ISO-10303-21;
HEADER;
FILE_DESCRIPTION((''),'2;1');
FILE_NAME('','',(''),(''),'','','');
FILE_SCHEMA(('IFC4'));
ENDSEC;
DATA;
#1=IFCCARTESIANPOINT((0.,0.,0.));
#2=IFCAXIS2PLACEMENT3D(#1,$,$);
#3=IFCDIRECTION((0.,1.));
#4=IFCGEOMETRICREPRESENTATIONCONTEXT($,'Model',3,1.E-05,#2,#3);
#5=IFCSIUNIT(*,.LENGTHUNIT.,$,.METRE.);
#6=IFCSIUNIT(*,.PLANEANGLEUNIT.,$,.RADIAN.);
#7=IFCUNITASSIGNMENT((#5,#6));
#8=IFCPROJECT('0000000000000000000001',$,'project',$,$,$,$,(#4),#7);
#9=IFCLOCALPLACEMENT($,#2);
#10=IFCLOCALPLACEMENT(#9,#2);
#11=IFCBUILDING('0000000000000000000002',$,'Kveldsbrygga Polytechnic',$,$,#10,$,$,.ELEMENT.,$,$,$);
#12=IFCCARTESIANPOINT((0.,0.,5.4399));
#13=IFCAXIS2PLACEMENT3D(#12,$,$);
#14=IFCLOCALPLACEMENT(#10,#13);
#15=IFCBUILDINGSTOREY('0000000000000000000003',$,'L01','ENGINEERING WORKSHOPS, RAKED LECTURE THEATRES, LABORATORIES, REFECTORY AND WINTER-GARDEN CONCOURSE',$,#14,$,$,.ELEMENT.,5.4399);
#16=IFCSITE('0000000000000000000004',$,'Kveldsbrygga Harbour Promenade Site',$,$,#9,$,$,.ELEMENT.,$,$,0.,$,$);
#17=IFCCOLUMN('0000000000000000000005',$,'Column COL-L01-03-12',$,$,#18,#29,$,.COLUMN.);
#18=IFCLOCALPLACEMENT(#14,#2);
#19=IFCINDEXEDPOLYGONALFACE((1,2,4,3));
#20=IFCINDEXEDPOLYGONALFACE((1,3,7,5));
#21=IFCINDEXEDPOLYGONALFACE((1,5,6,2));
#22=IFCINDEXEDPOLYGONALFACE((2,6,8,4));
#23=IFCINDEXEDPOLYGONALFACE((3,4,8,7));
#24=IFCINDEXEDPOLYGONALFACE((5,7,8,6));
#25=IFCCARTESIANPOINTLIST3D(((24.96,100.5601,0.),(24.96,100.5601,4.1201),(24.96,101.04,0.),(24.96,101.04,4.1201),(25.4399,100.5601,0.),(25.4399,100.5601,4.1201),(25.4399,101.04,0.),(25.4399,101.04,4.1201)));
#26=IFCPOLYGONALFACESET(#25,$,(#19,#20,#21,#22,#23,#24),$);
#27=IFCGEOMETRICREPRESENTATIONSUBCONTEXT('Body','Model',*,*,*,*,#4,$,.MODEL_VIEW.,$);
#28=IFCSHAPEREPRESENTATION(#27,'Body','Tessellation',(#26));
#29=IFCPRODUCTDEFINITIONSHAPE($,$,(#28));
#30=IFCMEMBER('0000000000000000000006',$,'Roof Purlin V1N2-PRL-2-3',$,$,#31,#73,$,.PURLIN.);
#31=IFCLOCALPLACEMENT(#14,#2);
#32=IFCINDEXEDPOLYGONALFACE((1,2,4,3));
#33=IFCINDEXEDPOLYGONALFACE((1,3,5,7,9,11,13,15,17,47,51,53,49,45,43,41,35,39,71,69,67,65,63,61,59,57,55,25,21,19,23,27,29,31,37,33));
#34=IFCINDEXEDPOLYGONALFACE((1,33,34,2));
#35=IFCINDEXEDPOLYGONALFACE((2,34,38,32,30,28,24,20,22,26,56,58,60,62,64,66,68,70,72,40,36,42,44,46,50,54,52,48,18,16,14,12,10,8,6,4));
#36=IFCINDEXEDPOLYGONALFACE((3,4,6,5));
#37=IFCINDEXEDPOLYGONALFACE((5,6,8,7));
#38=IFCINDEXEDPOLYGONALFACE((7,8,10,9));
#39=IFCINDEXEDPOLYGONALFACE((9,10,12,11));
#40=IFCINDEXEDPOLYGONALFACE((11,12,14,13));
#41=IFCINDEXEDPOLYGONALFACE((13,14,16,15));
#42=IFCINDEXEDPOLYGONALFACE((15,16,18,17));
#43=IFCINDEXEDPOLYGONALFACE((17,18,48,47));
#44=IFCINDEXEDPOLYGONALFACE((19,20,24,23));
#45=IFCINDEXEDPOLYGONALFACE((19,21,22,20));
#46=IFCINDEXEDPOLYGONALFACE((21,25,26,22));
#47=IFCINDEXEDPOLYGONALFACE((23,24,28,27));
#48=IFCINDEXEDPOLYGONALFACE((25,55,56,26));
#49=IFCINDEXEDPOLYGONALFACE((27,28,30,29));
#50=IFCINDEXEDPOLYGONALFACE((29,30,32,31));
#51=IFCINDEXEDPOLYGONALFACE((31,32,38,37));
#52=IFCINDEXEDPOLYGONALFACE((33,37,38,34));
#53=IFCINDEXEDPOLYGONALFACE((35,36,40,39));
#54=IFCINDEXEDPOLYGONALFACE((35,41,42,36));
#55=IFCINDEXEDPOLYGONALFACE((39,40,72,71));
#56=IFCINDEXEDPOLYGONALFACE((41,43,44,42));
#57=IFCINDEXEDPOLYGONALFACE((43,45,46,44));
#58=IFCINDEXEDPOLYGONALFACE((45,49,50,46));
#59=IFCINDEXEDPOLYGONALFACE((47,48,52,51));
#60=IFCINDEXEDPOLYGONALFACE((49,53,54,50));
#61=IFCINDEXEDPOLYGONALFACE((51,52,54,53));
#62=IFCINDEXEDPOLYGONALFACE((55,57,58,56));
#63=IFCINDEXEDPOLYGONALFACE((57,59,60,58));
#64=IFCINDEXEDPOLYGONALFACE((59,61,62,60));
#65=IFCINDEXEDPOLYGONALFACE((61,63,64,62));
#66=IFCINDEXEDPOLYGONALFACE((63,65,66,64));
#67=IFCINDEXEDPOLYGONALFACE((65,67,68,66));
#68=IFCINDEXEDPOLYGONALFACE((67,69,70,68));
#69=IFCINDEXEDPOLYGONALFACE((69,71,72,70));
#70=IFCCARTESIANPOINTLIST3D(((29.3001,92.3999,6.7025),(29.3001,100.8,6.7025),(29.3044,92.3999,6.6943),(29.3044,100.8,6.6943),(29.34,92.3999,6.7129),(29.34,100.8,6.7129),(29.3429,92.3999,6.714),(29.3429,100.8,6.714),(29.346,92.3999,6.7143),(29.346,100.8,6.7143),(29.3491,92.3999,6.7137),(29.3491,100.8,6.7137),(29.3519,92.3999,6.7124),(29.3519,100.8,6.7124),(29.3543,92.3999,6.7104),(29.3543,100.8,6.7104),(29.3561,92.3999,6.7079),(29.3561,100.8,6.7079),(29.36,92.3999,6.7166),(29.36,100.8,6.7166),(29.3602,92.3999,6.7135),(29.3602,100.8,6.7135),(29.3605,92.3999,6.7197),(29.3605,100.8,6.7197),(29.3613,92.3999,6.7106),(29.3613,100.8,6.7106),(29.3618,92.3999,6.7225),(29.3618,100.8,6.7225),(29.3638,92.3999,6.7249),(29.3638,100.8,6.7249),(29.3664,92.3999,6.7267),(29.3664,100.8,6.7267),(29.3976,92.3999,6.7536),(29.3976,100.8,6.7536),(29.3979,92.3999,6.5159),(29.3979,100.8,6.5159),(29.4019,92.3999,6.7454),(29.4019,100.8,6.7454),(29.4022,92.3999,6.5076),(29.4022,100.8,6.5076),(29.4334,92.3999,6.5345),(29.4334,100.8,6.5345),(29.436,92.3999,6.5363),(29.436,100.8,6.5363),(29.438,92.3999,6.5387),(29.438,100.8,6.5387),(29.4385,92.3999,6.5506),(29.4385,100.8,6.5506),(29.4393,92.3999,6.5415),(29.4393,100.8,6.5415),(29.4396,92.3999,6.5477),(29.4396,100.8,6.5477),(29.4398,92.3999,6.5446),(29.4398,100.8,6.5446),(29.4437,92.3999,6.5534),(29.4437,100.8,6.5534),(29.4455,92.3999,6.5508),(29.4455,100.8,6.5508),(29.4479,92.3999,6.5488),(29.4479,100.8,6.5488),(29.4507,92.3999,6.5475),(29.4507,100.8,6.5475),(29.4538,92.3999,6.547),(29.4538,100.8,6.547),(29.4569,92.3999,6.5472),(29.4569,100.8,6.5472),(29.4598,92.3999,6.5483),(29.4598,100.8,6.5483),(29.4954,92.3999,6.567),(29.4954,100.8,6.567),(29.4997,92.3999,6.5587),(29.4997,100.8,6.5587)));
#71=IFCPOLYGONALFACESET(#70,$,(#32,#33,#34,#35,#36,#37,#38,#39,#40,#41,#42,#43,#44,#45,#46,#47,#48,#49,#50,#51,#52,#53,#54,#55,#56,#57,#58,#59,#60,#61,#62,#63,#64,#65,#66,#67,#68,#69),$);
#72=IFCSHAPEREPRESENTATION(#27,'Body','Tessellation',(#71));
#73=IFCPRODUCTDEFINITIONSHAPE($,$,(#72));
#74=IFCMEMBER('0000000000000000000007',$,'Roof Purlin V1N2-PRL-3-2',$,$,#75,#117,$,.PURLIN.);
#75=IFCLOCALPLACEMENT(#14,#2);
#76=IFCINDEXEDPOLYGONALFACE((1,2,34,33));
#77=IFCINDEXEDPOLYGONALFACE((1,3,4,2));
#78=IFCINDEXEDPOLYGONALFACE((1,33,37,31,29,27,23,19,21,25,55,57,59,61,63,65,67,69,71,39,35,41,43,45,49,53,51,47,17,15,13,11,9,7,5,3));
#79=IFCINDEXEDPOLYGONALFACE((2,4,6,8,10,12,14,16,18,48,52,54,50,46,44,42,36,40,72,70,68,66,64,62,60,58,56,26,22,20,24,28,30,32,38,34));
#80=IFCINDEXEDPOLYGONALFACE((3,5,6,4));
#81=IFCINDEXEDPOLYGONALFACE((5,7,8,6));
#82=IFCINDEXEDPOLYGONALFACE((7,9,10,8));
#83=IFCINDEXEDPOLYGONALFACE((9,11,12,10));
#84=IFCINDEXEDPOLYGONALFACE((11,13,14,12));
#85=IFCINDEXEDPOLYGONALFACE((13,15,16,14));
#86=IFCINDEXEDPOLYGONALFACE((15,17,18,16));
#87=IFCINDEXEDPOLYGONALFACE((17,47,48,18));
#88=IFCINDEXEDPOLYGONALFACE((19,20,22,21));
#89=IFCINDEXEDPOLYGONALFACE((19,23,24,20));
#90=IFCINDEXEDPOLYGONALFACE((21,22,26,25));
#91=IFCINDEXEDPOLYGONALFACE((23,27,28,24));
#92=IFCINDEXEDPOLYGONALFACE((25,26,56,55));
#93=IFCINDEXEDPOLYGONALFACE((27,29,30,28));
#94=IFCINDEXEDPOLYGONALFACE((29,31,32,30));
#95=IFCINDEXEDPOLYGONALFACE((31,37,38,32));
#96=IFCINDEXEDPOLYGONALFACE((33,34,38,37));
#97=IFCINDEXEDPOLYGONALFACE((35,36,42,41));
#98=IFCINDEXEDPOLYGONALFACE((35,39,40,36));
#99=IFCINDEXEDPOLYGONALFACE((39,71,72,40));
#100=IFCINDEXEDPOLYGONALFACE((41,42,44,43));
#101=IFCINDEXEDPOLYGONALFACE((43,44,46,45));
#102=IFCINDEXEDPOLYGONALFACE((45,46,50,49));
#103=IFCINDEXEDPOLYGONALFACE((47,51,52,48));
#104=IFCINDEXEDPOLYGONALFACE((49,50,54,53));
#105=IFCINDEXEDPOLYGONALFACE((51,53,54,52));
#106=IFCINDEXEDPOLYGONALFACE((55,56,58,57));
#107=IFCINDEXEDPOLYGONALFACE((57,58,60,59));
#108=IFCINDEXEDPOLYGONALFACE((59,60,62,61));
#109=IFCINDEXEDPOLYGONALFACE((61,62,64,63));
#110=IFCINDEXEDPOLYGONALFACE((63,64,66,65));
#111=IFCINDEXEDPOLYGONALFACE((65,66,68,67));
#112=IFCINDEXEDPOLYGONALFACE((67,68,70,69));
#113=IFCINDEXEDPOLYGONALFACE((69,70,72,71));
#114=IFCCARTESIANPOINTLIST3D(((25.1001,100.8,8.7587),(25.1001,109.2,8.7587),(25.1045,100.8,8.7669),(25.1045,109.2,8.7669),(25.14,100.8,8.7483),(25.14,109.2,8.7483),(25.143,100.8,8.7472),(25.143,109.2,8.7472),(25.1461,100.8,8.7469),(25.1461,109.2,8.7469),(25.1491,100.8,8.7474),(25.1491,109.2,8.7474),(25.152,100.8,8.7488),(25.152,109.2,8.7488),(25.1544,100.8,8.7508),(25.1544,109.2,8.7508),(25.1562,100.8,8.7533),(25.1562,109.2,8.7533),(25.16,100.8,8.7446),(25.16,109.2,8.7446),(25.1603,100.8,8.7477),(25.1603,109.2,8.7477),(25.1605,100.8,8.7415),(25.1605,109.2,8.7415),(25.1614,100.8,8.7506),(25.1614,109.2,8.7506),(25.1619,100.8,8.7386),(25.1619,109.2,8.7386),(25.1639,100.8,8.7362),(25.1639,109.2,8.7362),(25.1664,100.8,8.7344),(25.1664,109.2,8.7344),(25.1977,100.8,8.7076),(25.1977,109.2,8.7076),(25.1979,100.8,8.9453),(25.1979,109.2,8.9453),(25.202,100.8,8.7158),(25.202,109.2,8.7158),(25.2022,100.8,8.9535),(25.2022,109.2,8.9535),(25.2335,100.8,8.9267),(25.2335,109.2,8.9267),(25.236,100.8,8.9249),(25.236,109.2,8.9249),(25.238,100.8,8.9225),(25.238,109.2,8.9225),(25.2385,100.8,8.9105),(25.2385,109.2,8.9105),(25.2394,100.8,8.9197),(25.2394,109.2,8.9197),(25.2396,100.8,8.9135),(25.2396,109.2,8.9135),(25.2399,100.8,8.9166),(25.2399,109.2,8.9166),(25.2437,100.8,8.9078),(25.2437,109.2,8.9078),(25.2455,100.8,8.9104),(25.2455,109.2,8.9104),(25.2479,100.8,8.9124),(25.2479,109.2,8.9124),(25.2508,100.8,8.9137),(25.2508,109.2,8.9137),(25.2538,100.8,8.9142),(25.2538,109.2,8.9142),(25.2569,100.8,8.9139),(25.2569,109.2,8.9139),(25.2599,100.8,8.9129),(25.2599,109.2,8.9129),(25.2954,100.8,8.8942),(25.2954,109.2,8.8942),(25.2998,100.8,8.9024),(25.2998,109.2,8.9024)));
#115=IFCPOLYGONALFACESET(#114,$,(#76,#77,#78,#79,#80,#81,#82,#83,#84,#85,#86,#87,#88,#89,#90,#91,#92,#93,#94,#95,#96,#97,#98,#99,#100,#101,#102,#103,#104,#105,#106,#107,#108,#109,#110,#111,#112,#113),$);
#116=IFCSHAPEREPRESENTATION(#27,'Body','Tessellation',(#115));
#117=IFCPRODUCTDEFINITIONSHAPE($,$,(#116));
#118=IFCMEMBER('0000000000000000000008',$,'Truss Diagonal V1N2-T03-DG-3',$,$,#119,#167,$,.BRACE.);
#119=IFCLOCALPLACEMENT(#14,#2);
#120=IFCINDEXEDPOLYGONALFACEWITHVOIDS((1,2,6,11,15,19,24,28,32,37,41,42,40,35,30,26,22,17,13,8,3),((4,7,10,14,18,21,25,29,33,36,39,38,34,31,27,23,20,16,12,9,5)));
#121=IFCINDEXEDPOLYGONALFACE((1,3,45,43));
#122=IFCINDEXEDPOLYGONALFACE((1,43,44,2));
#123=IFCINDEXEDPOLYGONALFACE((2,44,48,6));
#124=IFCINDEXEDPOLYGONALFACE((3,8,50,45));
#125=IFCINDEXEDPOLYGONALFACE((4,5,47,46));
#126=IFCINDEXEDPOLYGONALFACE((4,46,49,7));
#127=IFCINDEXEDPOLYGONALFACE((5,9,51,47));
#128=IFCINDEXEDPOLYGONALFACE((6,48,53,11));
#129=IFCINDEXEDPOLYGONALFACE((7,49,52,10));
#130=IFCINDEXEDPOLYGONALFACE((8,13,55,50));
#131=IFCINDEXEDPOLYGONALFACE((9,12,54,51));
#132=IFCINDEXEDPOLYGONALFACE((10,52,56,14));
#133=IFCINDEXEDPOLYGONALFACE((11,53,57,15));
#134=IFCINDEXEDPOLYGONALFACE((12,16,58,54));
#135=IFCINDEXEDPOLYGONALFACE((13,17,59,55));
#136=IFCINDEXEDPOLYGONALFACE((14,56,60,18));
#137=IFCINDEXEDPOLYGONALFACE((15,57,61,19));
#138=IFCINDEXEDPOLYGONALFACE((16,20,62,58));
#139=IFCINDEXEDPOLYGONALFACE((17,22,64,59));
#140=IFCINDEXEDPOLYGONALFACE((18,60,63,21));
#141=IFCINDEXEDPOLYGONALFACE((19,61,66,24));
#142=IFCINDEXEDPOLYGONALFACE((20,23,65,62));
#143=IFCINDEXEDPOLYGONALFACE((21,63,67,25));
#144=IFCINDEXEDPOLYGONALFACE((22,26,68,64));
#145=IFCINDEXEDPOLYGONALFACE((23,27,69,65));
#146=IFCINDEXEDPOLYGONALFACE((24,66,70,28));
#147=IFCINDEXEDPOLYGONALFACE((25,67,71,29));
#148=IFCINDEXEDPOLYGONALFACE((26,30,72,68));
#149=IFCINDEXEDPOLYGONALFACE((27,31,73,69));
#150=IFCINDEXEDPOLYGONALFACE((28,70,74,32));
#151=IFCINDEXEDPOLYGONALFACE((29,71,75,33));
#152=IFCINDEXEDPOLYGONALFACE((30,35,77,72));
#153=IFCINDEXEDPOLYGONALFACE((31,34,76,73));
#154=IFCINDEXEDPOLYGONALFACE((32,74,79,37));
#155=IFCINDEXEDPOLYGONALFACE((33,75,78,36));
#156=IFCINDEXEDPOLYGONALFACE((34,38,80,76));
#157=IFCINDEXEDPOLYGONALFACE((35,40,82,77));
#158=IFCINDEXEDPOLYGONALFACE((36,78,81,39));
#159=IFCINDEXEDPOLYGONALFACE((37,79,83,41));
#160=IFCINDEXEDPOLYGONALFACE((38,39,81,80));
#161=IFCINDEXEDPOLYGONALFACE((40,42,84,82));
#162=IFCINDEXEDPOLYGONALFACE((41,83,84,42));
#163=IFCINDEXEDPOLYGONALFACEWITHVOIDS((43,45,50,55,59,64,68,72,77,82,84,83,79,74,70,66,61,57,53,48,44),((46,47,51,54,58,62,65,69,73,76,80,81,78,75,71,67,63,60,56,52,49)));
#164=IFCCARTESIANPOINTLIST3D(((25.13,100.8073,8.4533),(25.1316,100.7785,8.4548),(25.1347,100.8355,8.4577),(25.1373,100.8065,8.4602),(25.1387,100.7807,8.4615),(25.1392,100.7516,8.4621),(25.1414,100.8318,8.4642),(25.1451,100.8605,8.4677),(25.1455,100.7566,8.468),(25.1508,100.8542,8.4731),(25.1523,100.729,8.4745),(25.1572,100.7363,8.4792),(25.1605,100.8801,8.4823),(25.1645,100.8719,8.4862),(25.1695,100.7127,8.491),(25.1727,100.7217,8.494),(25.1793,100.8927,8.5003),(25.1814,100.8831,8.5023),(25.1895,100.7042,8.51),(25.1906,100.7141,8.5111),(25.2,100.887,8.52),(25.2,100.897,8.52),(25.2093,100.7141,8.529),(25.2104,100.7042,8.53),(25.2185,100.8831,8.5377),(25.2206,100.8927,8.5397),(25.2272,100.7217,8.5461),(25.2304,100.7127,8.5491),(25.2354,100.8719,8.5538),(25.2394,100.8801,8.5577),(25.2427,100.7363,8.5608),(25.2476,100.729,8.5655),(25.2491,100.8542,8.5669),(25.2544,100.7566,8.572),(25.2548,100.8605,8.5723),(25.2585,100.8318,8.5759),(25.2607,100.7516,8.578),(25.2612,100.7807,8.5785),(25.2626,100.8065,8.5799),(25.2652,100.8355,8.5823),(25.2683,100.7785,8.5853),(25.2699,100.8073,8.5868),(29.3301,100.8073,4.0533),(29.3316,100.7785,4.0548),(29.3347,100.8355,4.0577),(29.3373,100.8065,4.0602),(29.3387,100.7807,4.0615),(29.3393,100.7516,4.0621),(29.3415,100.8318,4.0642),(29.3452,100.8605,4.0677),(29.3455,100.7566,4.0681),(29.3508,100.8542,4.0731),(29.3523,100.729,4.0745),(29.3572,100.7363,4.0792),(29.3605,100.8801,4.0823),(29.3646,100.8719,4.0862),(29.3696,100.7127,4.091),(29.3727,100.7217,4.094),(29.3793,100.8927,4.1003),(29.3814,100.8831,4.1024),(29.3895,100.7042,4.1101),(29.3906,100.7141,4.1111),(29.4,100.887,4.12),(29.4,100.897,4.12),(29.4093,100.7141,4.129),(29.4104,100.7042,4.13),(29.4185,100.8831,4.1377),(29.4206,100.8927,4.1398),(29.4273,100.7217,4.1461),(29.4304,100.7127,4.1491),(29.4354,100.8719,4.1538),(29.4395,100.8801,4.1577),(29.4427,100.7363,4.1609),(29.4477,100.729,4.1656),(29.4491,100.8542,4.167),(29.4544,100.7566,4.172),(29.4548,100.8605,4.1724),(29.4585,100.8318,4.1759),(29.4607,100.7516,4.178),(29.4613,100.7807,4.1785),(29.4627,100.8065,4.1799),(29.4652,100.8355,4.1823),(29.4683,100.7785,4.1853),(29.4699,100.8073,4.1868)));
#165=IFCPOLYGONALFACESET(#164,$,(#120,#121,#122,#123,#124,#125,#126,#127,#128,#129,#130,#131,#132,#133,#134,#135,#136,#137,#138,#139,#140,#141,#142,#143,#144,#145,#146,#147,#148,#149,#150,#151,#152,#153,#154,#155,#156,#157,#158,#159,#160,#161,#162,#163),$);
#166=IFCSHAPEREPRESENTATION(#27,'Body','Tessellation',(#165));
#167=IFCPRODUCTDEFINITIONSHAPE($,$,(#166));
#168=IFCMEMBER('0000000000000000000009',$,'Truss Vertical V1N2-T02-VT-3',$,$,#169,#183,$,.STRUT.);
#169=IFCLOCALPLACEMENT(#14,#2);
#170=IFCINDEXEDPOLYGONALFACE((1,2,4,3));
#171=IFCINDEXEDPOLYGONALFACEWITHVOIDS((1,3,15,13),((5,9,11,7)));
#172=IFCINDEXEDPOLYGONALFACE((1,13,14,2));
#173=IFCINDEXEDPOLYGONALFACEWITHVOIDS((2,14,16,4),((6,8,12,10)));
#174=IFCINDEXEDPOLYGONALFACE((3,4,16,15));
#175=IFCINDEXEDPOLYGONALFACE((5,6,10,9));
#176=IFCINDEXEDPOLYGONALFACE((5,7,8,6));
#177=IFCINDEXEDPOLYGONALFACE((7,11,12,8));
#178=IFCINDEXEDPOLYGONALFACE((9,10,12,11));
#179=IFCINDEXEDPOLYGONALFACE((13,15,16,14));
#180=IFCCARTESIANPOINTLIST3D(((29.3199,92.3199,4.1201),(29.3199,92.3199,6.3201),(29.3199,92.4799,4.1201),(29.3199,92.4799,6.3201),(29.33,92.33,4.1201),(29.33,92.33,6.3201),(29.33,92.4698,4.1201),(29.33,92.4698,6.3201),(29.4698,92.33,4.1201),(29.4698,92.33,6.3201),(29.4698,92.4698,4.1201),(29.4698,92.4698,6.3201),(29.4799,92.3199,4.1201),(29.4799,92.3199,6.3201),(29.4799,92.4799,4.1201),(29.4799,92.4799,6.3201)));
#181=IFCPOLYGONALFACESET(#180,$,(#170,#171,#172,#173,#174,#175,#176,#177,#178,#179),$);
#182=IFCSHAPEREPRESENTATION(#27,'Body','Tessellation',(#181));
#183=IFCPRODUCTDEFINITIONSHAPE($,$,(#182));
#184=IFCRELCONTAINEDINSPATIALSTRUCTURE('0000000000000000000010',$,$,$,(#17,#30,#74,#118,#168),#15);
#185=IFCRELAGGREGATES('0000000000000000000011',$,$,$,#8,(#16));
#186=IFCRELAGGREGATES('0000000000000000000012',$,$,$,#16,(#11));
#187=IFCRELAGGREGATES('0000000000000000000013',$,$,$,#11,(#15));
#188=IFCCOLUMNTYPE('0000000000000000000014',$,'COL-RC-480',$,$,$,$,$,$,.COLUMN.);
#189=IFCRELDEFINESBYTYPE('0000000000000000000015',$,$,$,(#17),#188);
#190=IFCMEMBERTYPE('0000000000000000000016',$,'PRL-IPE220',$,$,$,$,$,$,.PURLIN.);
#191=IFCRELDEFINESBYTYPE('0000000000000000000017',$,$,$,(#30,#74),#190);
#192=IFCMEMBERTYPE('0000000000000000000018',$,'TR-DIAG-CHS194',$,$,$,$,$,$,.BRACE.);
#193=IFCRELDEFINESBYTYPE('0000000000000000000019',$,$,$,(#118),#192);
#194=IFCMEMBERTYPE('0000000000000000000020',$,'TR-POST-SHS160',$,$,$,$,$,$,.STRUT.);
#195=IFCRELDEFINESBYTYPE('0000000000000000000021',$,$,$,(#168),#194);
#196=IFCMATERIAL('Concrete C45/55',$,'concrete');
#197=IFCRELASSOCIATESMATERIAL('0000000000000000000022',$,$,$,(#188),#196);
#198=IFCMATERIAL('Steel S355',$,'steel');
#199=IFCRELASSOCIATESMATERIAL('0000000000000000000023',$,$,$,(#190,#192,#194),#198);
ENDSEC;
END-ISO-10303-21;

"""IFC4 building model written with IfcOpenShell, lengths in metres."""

from ifc_helpers import new_model, si_unit, direction, frame, origin, origin_2d, place, context, subcontext, project, spatial, rectangle, hollow_rectangle, hollow_circle, i_section, extrude, material, material_profile, profile_set, type_object, element, save


model = new_model("IFC4")

# Units and contexts
model_context = context("Model", 3, precision=1e-05, world=origin(), true_north=direction((0.0, 1.0)))
body_context = subcontext(model_context, "Body", "Model", "MODEL_VIEW")
ifc_project = project(units=[si_unit("LENGTHUNIT", "METRE"), si_unit("PLANEANGLEUNIT", "RADIAN")], contexts=[model_context])

# Site, building, storey
site_placement = place(None, origin())
site = spatial("IfcSite", under=ifc_project, at=site_placement, Name="Kveldsbrygga Harbour Promenade Site", CompositionType="ELEMENT", RefElevation=0.0)
building_placement = place(site_placement, origin())
building = spatial("IfcBuilding", under=site, at=building_placement, Name="Kveldsbrygga Polytechnic", CompositionType="ELEMENT")
storey_placement = place(building_placement, frame((0.0, 0.0, 5.4399)))
storey = spatial("IfcBuildingStorey", under=building, at=storey_placement, Name="L01", Description="ENGINEERING WORKSHOPS, RAKED LECTURE THEATRES, LABORATORIES, REFECTORY AND WINTER-GARDEN CONCOURSE", CompositionType="ELEMENT", Elevation=5.4399)

# Column
ifc_material_1 = material(Name="Concrete C45/55", Category="concrete")
ifc_material_profile_1 = material_profile(ifc_material_1, rectangle(XDim=0.48, YDim=0.48, at=origin_2d()), Name="RC 480x480")
ifc_profile_set_1 = profile_set([ifc_material_profile_1], Name="Concrete C45/55")
column_type = type_object("IfcColumnType", Name="COL-RC-480", PredefinedType="COLUMN", material=ifc_profile_set_1)
column_placement = place(storey_placement, frame((25.2, 100.8, 0.0), z_axis=(0.0, 0.0, 1.0), x_axis=(1.0, 0.0, 0.0)))
element("IfcColumn", 1, at=column_placement, inside=storey, type_object=column_type, Name="Column COL-L01-03-12", PredefinedType="COLUMN", context=body_context, shape_type="SweptSolid", body=[
    extrude(rectangle(XDim=0.48, YDim=0.48, at=origin_2d()), origin(), (0.0, 0.0, 1.0), 4.1201),
])

# Members
ifc_material_2 = material(Name="Steel S355", Category="steel")
ifc_material_profile_2 = material_profile(ifc_material_2, i_section(OverallWidth=0.1101, OverallDepth=0.22, WebThickness=0.0059, FlangeThickness=0.0093, FilletRadius=0.012, at=origin_2d()), Name="IPE 220")
ifc_profile_set_2 = profile_set([ifc_material_profile_2], Name="Steel S355")
member_type_1 = type_object("IfcMemberType", Name="PRL-IPE220", PredefinedType="PURLIN", material=ifc_profile_set_2)
member_1_placement = place(storey_placement, frame((29.3999, 92.3999, 6.6306), z_axis=(0.0, 1.0, 0.0), x_axis=(-0.885831, 0.0, -0.464007)))
element("IfcMember", 2, at=member_1_placement, inside=storey, type_object=member_type_1, Name="Roof Purlin V1N2-PRL-2-3", PredefinedType="PURLIN", context=body_context, shape_type="SweptSolid", body=[
    extrude(i_section(OverallWidth=0.1101, OverallDepth=0.22, WebThickness=0.0059, FlangeThickness=0.0093, FilletRadius=0.012, at=origin_2d()), origin(), (0.0, 0.0, 1.0), 8.4001),
])
member_2_placement = place(storey_placement, frame((25.2, 100.8, 8.8306), z_axis=(0.0, 1.0, 0.0), x_axis=(-0.885831, 0.0, 0.464007)))
element("IfcMember", 3, at=member_2_placement, inside=storey, type_object=member_type_1, Name="Roof Purlin V1N2-PRL-3-2", PredefinedType="PURLIN", context=body_context, shape_type="SweptSolid", body=[
    extrude(i_section(OverallWidth=0.1101, OverallDepth=0.22, WebThickness=0.0059, FlangeThickness=0.0093, FilletRadius=0.012, at=origin_2d()), origin(), (0.0, 0.0, 1.0), 8.3999),
])
ifc_material_profile_3 = material_profile(ifc_material_2, hollow_circle(Radius=0.0969, WallThickness=0.01, at=origin_2d()), Name="CHS 193.7x10.0")
ifc_profile_set_3 = profile_set([ifc_material_profile_3], Name="Steel S355")
member_type_2 = type_object("IfcMemberType", Name="TR-DIAG-CHS194", PredefinedType="BRACE", material=ifc_profile_set_3)
member_3_placement = place(storey_placement, frame((25.2, 100.8, 8.52), z_axis=(0.69048, 0.0, -0.723352), x_axis=(0.0, 1.0, 0.0)))
element("IfcMember", 4, at=member_3_placement, inside=storey, type_object=member_type_2, Name="Truss Diagonal V1N2-T03-DG-3", PredefinedType="BRACE", context=body_context, shape_type="SweptSolid", body=[
    extrude(hollow_circle(Radius=0.0969, WallThickness=0.01, at=origin_2d()), origin(), (0.0, 0.0, 1.0), 6.0828),
])
ifc_material_profile_4 = material_profile(ifc_material_2, hollow_rectangle(XDim=0.1599, YDim=0.1599, WallThickness=0.01, at=origin_2d()), Name="SHS 160x160x10.0")
ifc_profile_set_4 = profile_set([ifc_material_profile_4], Name="Steel S355")
member_type_3 = type_object("IfcMemberType", Name="TR-POST-SHS160", PredefinedType="STRUT", material=ifc_profile_set_4)
member_4_placement = place(storey_placement, frame((29.3999, 92.3999, 4.1201), z_axis=(0.0, 0.0, 1.0), x_axis=(1.0, 0.0, 0.0)))
element("IfcMember", 5, at=member_4_placement, inside=storey, type_object=member_type_3, Name="Truss Vertical V1N2-T02-VT-3", PredefinedType="STRUT", context=body_context, shape_type="SweptSolid", body=[
    extrude(hollow_rectangle(XDim=0.1599, YDim=0.1599, WallThickness=0.01, at=origin_2d()), origin(), (0.0, 0.0, 1.0), 2.2),
])

save(model, "model.ifc")
